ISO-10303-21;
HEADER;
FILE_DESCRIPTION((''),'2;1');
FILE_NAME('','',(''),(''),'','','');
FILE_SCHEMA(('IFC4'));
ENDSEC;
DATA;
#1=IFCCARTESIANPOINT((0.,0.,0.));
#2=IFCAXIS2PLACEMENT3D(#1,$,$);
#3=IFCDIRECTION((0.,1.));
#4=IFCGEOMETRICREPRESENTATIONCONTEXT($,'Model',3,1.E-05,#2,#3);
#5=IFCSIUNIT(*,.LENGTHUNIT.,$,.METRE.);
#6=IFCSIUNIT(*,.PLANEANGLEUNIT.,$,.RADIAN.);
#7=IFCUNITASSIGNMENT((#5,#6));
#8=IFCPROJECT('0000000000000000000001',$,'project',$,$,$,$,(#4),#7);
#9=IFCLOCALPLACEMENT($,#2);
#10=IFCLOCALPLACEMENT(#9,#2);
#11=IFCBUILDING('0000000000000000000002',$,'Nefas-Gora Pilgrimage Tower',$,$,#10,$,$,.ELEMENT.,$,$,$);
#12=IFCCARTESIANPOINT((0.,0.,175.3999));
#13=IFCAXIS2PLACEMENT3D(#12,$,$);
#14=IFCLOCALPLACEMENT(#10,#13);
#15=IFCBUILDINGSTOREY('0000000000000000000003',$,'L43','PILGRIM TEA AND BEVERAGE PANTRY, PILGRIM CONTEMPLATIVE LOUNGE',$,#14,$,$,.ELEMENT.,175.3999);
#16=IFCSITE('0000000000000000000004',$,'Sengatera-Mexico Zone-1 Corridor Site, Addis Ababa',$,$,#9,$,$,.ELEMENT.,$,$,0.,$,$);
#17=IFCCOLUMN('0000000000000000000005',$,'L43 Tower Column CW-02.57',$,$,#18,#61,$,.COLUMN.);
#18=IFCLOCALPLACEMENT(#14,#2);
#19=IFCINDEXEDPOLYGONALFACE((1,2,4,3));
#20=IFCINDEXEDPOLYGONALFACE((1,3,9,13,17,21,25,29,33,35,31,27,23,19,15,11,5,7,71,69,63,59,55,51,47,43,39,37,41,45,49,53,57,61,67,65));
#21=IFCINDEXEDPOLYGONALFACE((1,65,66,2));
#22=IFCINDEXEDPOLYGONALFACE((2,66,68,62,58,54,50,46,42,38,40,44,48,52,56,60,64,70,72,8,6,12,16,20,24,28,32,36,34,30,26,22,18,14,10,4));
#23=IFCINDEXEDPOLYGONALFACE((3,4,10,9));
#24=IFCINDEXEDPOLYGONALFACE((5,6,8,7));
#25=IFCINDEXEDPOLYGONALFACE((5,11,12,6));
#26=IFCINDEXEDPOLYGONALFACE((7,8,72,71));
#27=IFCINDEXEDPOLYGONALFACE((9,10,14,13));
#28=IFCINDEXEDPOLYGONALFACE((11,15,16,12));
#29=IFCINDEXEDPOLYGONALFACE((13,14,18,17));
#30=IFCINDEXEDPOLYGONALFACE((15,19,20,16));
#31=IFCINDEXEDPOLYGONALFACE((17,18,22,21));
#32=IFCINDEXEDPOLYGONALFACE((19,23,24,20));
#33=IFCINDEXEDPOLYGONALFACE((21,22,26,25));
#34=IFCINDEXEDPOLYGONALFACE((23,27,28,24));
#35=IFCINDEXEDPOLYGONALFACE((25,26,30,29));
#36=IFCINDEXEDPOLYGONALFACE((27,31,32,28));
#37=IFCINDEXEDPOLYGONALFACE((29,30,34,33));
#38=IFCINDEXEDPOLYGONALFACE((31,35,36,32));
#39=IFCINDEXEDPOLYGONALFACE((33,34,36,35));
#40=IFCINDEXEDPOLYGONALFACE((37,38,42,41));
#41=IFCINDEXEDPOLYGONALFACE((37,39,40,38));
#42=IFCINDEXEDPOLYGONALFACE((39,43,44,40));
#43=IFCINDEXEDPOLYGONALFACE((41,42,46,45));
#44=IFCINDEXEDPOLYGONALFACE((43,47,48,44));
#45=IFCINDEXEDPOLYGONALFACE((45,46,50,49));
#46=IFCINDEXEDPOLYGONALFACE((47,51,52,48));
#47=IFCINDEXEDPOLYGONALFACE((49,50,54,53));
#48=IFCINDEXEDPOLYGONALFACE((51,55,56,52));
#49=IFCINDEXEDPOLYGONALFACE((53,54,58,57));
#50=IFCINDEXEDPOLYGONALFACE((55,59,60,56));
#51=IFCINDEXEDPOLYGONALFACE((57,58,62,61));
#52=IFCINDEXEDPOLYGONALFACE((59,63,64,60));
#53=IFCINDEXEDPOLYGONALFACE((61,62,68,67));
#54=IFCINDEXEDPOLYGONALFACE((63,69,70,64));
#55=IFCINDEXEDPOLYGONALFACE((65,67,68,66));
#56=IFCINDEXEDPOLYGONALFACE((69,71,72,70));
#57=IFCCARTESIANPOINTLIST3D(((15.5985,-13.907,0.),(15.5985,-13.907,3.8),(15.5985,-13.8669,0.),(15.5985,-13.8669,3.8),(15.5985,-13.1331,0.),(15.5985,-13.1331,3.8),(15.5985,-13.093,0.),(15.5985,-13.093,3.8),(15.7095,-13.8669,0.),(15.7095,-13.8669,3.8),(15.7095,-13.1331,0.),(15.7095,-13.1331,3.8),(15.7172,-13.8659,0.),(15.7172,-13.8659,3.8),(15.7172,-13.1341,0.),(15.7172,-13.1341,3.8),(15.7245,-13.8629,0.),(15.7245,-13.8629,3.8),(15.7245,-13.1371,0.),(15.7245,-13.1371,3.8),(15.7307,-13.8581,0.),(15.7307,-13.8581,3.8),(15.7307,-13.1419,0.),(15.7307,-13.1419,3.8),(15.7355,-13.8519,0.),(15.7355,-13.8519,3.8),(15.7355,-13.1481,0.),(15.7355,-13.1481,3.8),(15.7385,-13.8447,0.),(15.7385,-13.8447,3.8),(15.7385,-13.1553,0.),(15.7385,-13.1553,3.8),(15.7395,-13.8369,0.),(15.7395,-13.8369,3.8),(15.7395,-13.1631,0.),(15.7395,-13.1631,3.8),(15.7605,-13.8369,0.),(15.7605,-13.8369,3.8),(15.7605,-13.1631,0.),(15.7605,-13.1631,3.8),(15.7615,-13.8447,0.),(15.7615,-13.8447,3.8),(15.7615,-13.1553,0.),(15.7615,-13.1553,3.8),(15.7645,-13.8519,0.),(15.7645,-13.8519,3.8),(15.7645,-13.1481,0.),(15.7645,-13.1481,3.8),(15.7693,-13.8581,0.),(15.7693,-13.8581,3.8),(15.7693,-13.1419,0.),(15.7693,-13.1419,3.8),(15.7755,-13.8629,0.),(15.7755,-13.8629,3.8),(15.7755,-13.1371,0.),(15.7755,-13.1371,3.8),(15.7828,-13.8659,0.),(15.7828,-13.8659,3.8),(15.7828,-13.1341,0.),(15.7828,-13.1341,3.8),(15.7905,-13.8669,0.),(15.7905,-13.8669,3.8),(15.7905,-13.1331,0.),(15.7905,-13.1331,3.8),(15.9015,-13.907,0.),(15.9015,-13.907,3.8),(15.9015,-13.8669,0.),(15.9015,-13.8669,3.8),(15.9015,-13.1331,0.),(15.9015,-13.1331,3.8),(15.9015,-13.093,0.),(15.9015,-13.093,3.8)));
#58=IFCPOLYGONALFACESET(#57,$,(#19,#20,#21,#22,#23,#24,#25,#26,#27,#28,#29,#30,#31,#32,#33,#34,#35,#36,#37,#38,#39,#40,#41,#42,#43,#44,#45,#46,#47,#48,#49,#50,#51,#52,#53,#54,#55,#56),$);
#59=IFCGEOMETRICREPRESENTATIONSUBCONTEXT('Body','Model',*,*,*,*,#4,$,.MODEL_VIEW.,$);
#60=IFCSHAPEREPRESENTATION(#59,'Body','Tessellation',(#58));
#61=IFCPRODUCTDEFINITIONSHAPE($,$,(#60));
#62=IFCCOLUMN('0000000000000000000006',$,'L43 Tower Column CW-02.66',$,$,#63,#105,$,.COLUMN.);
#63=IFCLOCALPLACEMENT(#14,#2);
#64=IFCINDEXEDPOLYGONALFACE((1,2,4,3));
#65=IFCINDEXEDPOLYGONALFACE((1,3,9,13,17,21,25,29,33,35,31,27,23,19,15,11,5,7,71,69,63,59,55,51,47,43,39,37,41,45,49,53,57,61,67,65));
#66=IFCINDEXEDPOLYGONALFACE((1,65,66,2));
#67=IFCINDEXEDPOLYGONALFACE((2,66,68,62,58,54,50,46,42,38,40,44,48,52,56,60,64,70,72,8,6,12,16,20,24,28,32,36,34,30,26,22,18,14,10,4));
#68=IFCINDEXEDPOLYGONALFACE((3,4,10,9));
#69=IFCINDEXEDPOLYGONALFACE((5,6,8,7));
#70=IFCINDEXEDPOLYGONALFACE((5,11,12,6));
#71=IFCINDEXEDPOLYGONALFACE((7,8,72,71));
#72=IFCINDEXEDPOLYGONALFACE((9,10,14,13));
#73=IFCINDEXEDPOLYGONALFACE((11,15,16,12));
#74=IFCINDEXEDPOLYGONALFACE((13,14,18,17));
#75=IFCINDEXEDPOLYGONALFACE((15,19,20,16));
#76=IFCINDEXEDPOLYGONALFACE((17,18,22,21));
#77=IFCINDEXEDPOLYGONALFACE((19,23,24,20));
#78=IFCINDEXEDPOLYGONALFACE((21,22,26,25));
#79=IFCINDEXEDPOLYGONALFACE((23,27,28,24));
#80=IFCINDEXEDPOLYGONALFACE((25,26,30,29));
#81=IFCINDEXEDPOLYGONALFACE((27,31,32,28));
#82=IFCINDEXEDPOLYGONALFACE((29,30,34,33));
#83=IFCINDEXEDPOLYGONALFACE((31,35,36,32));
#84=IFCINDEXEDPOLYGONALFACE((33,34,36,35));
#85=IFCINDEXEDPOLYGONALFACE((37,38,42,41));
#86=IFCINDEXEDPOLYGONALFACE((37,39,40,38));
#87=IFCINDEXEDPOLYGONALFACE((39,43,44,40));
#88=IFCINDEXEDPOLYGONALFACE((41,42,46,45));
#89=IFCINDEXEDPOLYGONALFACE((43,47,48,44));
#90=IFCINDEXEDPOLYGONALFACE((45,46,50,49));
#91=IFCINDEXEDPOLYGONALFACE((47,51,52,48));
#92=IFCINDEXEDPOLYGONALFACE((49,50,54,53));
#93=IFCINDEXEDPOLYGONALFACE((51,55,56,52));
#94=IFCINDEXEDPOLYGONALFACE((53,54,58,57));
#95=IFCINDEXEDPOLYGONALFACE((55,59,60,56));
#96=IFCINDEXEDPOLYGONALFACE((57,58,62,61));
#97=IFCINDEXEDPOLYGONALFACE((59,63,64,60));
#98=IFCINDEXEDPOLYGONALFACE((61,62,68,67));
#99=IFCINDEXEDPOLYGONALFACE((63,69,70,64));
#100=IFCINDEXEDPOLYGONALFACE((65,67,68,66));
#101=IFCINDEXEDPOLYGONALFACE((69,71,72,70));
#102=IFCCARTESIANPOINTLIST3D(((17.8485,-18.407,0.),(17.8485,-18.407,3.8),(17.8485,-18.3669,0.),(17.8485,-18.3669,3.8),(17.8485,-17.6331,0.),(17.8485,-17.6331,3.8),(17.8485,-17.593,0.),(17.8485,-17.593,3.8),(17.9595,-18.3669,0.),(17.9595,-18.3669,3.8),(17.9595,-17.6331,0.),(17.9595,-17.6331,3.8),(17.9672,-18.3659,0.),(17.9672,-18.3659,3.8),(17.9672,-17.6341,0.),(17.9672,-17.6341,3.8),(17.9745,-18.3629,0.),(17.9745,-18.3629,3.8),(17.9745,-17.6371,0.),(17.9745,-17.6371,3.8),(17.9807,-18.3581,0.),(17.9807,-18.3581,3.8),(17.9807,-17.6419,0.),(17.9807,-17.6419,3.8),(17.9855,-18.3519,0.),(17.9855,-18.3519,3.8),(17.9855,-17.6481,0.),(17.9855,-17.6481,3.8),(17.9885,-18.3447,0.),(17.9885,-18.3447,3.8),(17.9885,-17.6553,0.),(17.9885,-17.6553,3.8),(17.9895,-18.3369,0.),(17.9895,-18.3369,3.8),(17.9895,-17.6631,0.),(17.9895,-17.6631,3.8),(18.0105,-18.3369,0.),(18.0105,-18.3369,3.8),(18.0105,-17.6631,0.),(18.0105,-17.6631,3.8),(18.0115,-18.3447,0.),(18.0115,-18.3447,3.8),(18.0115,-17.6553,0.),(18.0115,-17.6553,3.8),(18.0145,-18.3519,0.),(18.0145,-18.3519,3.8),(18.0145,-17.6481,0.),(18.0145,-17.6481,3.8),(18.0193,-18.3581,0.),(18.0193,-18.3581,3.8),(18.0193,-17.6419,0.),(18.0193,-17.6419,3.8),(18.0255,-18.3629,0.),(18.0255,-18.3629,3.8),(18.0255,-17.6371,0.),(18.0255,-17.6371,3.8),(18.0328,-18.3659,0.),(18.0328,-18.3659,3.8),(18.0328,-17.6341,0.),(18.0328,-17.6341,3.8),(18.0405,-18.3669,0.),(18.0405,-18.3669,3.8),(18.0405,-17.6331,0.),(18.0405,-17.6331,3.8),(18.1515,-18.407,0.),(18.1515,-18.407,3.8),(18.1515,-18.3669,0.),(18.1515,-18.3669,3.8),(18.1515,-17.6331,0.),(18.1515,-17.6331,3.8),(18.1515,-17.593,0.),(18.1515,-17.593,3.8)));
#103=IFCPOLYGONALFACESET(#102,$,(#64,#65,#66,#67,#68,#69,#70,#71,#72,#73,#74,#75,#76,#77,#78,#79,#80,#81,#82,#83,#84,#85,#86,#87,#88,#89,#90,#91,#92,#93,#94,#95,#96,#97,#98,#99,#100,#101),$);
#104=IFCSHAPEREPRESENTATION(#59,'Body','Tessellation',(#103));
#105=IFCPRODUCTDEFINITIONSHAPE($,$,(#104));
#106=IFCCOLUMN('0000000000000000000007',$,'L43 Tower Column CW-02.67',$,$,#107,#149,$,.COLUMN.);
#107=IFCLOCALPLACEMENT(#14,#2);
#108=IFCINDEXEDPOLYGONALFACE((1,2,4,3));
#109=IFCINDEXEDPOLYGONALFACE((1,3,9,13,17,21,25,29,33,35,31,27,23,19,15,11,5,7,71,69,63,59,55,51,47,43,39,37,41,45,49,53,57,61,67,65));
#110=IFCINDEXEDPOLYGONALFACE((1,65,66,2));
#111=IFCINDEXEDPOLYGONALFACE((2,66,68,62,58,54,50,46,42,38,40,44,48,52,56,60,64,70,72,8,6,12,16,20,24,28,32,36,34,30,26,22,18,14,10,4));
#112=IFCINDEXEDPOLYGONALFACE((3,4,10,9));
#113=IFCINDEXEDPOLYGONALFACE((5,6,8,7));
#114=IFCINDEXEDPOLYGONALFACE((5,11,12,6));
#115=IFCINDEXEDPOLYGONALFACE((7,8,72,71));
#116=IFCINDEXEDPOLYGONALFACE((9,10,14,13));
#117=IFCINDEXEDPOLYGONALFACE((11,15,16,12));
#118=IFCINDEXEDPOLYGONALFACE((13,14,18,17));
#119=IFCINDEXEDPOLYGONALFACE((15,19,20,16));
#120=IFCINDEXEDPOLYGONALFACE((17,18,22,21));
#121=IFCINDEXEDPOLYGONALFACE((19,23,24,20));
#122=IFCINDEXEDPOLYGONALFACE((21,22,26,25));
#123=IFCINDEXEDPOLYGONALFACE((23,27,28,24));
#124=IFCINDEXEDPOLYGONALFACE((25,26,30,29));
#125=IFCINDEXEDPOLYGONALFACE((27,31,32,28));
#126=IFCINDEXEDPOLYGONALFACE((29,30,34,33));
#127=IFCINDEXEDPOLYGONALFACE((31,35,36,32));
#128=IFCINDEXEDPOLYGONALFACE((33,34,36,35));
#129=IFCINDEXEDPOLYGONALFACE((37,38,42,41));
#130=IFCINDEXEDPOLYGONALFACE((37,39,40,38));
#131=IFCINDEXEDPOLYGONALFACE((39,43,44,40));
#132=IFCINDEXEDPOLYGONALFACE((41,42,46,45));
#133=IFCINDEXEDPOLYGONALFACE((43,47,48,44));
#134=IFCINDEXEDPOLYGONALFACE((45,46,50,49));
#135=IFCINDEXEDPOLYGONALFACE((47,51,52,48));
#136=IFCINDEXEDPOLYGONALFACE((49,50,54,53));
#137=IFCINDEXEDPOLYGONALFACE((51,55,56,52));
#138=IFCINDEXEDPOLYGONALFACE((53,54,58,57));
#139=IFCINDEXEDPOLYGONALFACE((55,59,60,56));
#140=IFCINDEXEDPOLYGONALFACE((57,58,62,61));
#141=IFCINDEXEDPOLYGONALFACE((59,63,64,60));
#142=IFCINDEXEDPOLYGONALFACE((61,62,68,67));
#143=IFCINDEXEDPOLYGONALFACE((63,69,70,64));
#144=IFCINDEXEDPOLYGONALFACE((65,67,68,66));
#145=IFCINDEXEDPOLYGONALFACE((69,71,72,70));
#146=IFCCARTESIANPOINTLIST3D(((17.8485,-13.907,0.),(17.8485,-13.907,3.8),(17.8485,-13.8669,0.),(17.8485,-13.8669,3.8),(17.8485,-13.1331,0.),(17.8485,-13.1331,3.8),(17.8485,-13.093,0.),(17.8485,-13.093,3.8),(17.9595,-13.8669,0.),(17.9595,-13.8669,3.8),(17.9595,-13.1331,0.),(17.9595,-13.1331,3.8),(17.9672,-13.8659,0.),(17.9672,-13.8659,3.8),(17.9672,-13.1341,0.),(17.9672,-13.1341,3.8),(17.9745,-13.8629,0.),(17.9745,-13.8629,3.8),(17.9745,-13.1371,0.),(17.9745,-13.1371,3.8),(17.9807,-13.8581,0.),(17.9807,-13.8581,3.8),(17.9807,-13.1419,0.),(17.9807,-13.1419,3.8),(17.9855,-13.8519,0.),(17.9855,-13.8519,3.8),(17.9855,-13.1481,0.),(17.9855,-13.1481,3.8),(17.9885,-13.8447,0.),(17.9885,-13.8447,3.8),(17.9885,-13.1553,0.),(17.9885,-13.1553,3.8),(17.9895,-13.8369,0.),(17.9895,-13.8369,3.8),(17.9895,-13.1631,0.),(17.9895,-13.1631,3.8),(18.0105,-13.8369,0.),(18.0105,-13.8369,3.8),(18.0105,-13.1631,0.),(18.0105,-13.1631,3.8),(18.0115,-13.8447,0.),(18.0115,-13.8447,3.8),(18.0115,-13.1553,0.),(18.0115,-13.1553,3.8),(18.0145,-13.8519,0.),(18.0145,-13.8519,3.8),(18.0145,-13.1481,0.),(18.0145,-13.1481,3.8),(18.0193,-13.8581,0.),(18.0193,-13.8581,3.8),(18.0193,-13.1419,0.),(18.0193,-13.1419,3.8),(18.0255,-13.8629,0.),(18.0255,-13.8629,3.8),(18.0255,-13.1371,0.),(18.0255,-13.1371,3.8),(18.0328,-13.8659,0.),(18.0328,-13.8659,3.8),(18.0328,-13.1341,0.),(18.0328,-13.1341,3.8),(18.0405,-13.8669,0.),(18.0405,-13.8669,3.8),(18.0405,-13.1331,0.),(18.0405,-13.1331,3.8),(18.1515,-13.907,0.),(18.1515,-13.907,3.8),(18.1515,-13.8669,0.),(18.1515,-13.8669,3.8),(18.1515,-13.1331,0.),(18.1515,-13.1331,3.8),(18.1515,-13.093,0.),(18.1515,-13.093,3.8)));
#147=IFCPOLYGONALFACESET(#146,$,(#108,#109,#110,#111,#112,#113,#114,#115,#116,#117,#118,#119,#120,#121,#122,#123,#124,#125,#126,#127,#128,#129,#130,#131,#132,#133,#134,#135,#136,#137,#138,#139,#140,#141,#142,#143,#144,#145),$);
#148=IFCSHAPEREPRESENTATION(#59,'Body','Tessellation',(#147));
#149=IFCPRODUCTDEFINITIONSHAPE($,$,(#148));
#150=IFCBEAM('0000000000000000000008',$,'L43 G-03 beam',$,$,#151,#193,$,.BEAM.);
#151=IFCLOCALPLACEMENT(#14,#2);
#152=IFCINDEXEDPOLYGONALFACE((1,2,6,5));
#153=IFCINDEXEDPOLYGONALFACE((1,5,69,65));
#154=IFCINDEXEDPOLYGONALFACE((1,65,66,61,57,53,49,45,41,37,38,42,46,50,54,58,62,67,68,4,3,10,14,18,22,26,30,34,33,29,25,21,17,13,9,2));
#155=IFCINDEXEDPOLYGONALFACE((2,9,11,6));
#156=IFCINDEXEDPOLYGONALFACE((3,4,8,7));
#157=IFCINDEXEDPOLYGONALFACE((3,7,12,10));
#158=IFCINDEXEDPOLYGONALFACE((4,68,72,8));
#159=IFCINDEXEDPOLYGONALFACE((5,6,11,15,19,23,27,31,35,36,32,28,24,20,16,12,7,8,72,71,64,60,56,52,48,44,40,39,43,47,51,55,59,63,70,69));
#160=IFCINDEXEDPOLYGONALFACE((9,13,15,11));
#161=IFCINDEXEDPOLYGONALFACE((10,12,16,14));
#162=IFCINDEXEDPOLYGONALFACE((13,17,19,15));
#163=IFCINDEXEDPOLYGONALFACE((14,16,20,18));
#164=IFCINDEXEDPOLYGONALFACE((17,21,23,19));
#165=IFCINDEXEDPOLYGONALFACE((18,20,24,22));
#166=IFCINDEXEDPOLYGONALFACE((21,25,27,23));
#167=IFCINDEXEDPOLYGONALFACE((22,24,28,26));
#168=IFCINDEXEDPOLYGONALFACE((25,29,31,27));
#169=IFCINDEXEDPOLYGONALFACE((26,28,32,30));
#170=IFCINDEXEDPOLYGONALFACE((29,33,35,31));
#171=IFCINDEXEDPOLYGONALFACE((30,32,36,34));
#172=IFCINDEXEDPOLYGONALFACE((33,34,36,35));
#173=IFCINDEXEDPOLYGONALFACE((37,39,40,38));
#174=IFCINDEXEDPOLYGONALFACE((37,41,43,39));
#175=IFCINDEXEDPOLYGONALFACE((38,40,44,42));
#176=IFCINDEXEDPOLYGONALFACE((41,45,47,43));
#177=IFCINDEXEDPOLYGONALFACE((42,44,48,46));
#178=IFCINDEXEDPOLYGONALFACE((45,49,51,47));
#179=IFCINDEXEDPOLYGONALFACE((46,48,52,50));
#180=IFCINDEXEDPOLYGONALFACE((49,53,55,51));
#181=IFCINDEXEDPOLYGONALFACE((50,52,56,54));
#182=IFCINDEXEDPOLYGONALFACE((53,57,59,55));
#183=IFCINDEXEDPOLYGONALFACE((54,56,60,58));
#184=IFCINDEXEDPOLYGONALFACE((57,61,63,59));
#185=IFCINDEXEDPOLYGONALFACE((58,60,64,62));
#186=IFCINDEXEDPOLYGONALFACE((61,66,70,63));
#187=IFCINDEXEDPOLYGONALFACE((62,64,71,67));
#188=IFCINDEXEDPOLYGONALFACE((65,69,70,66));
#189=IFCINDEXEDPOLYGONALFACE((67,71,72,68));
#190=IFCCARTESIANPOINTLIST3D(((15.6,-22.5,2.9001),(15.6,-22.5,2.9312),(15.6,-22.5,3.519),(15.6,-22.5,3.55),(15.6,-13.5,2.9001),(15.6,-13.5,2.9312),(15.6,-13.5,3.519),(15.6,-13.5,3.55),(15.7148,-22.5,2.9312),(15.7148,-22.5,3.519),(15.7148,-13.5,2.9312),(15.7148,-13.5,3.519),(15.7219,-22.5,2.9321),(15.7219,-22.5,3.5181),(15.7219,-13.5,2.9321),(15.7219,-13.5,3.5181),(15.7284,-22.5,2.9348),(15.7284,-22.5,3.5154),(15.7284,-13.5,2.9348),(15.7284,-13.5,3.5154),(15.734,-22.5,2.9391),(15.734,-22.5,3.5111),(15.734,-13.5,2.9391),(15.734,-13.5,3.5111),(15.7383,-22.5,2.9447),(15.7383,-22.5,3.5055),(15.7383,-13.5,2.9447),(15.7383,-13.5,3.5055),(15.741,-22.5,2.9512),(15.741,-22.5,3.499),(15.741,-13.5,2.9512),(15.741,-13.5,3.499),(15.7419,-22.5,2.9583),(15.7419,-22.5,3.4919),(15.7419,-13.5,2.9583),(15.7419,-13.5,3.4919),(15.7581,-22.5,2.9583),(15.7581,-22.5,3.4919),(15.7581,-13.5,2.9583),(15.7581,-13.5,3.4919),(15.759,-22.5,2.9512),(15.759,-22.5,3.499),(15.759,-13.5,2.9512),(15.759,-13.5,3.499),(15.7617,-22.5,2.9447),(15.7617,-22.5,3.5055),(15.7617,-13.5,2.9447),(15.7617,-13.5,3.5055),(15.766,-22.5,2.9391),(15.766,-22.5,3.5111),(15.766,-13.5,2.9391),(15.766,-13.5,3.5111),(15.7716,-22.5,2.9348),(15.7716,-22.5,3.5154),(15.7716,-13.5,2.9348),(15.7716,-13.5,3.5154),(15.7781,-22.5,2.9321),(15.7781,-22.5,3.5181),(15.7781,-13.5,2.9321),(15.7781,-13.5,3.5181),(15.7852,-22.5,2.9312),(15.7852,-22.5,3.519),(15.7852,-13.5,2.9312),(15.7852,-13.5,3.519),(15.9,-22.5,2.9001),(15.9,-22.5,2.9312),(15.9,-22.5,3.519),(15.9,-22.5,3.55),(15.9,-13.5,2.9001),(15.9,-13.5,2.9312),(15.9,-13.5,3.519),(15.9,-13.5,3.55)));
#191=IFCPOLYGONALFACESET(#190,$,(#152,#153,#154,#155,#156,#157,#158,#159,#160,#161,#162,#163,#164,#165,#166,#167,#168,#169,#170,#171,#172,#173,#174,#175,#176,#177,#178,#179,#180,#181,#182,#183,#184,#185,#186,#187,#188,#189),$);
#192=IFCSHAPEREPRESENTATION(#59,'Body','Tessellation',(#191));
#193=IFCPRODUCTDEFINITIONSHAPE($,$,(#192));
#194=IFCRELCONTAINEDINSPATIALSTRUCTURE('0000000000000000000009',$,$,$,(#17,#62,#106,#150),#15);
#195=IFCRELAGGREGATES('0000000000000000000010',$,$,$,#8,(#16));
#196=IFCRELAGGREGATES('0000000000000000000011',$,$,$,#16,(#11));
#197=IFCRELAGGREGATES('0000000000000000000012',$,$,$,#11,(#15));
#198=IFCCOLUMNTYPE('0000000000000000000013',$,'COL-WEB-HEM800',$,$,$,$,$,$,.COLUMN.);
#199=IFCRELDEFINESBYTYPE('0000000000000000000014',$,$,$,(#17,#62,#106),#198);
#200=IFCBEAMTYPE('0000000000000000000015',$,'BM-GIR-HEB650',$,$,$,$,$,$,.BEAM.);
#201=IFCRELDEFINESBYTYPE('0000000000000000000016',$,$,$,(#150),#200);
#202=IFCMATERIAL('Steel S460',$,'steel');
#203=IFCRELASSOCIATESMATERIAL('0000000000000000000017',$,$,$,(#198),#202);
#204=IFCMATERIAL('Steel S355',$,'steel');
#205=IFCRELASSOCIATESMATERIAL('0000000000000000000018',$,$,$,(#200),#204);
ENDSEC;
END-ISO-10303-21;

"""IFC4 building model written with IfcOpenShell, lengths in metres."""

from ifc_helpers import new_model, si_unit, direction, frame, origin, origin_2d, place, context, subcontext, project, spatial, i_section, extrude, source, transform, mapped, material, material_profile, profile_set, type_object, element, save


model = new_model("IFC4")

# Units and contexts
model_context = context("Model", 3, precision=1e-05, world=origin(), true_north=direction((0.0, 1.0)))
body_context = subcontext(model_context, "Body", "Model", "MODEL_VIEW")
ifc_project = project(units=[si_unit("LENGTHUNIT", "METRE"), si_unit("PLANEANGLEUNIT", "RADIAN")], contexts=[model_context])

# Site, building, storey
site_placement = place(None, origin())
site = spatial("IfcSite", under=ifc_project, at=site_placement, Name="Sengatera-Mexico Zone-1 Corridor Site, Addis Ababa", CompositionType="ELEMENT", RefElevation=0.0)
building_placement = place(site_placement, origin())
building = spatial("IfcBuilding", under=site, at=building_placement, Name="Nefas-Gora Pilgrimage Tower", CompositionType="ELEMENT")
storey_placement = place(building_placement, frame((0.0, 0.0, 175.3999)))
storey = spatial("IfcBuildingStorey", under=building, at=storey_placement, Name="L43", Description="PILGRIM TEA AND BEVERAGE PANTRY, PILGRIM CONTEMPLATIVE LOUNGE", CompositionType="ELEMENT", Elevation=175.3999)

# Columns
ifc_material_1 = material(Name="Steel S460", Category="steel")
ifc_material_profile_1 = material_profile(ifc_material_1, i_section(OverallWidth=0.303, OverallDepth=0.814, WebThickness=0.021, FlangeThickness=0.04, FilletRadius=0.03, at=origin_2d()), Name="HEM 800")
ifc_profile_set_1 = profile_set([ifc_material_profile_1], Name="Steel S460")
column_type_1 = type_object("IfcColumnType", Name="COL-WEB-HEM800", PredefinedType="COLUMN", material=ifc_profile_set_1)
shared_shape_1 = source(origin(), body_context, "Body", "SweptSolid", [
    extrude(i_section(OverallWidth=0.303, OverallDepth=0.814, WebThickness=0.021, FlangeThickness=0.04, FilletRadius=0.03, at=origin_2d()), origin(), (0.0, 0.0, 1.0), 3.8),
])
for number, where, z_axis, x_axis, name in (
    (1, (15.75, -13.5, 0.0), (0.0, 0.0, 1.0), (1.0, 0.0, 0.0), "L43 Tower Column CW-02.57"),
    (2, (18.0, -18.0, 0.0), (0.0, 0.0, 1.0), (1.0, 0.0, 0.0), "L43 Tower Column CW-02.66"),
    (3, (18.0, -13.5, 0.0), (0.0, 0.0, 1.0), (1.0, 0.0, 0.0), "L43 Tower Column CW-02.67"),
):
    element("IfcColumn", number, at=place(storey_placement, frame(where, z_axis=z_axis, x_axis=x_axis)), inside=storey, type_object=column_type_1, Name=name, PredefinedType="COLUMN", context=body_context, shape_type="MappedRepresentation", body=[
        mapped(shared_shape_1, transform((0.0, 0.0, 0.0), x_axis=(1.0, 0.0, 0.0), y_axis=(0.0, 1.0, 0.0), z_axis=(0.0, 0.0, 1.0), scale=1.0)),
    ])

# Beam
ifc_material_2 = material(Name="Steel S355", Category="steel")
ifc_material_profile_2 = material_profile(ifc_material_2, i_section(OverallWidth=0.3, OverallDepth=0.6499, WebThickness=0.0161, FlangeThickness=0.031, FilletRadius=0.0271, at=origin_2d()), Name="HEB 650")
ifc_profile_set_2 = profile_set([ifc_material_profile_2], Name="Steel S355")
beam_type_1 = type_object("IfcBeamType", Name="BM-GIR-HEB650", PredefinedType="BEAM", material=ifc_profile_set_2)
shared_shape_2 = source(origin(), body_context, "Body", "SweptSolid", [
    extrude(i_section(OverallWidth=0.3, OverallDepth=0.6499, WebThickness=0.0161, FlangeThickness=0.031, FilletRadius=0.0271, at=origin_2d()), origin(), (0.0, 0.0, 1.0), 9.0),
])
beam_1_placement = place(storey_placement, frame((15.75, -22.5, 3.2251), z_axis=(0.0, 1.0, 0.0), x_axis=(-1.0, 0.0, 0.0)))
element("IfcBeam", 4, at=beam_1_placement, inside=storey, type_object=beam_type_1, Name="L43 G-03 beam", PredefinedType="BEAM", context=body_context, shape_type="MappedRepresentation", body=[
    mapped(shared_shape_2, transform((0.0, 0.0, 0.0), x_axis=(1.0, 0.0, 0.0), y_axis=(0.0, 1.0, 0.0), z_axis=(0.0, 0.0, 1.0), scale=1.0)),
])

save(model, "model.ifc")
